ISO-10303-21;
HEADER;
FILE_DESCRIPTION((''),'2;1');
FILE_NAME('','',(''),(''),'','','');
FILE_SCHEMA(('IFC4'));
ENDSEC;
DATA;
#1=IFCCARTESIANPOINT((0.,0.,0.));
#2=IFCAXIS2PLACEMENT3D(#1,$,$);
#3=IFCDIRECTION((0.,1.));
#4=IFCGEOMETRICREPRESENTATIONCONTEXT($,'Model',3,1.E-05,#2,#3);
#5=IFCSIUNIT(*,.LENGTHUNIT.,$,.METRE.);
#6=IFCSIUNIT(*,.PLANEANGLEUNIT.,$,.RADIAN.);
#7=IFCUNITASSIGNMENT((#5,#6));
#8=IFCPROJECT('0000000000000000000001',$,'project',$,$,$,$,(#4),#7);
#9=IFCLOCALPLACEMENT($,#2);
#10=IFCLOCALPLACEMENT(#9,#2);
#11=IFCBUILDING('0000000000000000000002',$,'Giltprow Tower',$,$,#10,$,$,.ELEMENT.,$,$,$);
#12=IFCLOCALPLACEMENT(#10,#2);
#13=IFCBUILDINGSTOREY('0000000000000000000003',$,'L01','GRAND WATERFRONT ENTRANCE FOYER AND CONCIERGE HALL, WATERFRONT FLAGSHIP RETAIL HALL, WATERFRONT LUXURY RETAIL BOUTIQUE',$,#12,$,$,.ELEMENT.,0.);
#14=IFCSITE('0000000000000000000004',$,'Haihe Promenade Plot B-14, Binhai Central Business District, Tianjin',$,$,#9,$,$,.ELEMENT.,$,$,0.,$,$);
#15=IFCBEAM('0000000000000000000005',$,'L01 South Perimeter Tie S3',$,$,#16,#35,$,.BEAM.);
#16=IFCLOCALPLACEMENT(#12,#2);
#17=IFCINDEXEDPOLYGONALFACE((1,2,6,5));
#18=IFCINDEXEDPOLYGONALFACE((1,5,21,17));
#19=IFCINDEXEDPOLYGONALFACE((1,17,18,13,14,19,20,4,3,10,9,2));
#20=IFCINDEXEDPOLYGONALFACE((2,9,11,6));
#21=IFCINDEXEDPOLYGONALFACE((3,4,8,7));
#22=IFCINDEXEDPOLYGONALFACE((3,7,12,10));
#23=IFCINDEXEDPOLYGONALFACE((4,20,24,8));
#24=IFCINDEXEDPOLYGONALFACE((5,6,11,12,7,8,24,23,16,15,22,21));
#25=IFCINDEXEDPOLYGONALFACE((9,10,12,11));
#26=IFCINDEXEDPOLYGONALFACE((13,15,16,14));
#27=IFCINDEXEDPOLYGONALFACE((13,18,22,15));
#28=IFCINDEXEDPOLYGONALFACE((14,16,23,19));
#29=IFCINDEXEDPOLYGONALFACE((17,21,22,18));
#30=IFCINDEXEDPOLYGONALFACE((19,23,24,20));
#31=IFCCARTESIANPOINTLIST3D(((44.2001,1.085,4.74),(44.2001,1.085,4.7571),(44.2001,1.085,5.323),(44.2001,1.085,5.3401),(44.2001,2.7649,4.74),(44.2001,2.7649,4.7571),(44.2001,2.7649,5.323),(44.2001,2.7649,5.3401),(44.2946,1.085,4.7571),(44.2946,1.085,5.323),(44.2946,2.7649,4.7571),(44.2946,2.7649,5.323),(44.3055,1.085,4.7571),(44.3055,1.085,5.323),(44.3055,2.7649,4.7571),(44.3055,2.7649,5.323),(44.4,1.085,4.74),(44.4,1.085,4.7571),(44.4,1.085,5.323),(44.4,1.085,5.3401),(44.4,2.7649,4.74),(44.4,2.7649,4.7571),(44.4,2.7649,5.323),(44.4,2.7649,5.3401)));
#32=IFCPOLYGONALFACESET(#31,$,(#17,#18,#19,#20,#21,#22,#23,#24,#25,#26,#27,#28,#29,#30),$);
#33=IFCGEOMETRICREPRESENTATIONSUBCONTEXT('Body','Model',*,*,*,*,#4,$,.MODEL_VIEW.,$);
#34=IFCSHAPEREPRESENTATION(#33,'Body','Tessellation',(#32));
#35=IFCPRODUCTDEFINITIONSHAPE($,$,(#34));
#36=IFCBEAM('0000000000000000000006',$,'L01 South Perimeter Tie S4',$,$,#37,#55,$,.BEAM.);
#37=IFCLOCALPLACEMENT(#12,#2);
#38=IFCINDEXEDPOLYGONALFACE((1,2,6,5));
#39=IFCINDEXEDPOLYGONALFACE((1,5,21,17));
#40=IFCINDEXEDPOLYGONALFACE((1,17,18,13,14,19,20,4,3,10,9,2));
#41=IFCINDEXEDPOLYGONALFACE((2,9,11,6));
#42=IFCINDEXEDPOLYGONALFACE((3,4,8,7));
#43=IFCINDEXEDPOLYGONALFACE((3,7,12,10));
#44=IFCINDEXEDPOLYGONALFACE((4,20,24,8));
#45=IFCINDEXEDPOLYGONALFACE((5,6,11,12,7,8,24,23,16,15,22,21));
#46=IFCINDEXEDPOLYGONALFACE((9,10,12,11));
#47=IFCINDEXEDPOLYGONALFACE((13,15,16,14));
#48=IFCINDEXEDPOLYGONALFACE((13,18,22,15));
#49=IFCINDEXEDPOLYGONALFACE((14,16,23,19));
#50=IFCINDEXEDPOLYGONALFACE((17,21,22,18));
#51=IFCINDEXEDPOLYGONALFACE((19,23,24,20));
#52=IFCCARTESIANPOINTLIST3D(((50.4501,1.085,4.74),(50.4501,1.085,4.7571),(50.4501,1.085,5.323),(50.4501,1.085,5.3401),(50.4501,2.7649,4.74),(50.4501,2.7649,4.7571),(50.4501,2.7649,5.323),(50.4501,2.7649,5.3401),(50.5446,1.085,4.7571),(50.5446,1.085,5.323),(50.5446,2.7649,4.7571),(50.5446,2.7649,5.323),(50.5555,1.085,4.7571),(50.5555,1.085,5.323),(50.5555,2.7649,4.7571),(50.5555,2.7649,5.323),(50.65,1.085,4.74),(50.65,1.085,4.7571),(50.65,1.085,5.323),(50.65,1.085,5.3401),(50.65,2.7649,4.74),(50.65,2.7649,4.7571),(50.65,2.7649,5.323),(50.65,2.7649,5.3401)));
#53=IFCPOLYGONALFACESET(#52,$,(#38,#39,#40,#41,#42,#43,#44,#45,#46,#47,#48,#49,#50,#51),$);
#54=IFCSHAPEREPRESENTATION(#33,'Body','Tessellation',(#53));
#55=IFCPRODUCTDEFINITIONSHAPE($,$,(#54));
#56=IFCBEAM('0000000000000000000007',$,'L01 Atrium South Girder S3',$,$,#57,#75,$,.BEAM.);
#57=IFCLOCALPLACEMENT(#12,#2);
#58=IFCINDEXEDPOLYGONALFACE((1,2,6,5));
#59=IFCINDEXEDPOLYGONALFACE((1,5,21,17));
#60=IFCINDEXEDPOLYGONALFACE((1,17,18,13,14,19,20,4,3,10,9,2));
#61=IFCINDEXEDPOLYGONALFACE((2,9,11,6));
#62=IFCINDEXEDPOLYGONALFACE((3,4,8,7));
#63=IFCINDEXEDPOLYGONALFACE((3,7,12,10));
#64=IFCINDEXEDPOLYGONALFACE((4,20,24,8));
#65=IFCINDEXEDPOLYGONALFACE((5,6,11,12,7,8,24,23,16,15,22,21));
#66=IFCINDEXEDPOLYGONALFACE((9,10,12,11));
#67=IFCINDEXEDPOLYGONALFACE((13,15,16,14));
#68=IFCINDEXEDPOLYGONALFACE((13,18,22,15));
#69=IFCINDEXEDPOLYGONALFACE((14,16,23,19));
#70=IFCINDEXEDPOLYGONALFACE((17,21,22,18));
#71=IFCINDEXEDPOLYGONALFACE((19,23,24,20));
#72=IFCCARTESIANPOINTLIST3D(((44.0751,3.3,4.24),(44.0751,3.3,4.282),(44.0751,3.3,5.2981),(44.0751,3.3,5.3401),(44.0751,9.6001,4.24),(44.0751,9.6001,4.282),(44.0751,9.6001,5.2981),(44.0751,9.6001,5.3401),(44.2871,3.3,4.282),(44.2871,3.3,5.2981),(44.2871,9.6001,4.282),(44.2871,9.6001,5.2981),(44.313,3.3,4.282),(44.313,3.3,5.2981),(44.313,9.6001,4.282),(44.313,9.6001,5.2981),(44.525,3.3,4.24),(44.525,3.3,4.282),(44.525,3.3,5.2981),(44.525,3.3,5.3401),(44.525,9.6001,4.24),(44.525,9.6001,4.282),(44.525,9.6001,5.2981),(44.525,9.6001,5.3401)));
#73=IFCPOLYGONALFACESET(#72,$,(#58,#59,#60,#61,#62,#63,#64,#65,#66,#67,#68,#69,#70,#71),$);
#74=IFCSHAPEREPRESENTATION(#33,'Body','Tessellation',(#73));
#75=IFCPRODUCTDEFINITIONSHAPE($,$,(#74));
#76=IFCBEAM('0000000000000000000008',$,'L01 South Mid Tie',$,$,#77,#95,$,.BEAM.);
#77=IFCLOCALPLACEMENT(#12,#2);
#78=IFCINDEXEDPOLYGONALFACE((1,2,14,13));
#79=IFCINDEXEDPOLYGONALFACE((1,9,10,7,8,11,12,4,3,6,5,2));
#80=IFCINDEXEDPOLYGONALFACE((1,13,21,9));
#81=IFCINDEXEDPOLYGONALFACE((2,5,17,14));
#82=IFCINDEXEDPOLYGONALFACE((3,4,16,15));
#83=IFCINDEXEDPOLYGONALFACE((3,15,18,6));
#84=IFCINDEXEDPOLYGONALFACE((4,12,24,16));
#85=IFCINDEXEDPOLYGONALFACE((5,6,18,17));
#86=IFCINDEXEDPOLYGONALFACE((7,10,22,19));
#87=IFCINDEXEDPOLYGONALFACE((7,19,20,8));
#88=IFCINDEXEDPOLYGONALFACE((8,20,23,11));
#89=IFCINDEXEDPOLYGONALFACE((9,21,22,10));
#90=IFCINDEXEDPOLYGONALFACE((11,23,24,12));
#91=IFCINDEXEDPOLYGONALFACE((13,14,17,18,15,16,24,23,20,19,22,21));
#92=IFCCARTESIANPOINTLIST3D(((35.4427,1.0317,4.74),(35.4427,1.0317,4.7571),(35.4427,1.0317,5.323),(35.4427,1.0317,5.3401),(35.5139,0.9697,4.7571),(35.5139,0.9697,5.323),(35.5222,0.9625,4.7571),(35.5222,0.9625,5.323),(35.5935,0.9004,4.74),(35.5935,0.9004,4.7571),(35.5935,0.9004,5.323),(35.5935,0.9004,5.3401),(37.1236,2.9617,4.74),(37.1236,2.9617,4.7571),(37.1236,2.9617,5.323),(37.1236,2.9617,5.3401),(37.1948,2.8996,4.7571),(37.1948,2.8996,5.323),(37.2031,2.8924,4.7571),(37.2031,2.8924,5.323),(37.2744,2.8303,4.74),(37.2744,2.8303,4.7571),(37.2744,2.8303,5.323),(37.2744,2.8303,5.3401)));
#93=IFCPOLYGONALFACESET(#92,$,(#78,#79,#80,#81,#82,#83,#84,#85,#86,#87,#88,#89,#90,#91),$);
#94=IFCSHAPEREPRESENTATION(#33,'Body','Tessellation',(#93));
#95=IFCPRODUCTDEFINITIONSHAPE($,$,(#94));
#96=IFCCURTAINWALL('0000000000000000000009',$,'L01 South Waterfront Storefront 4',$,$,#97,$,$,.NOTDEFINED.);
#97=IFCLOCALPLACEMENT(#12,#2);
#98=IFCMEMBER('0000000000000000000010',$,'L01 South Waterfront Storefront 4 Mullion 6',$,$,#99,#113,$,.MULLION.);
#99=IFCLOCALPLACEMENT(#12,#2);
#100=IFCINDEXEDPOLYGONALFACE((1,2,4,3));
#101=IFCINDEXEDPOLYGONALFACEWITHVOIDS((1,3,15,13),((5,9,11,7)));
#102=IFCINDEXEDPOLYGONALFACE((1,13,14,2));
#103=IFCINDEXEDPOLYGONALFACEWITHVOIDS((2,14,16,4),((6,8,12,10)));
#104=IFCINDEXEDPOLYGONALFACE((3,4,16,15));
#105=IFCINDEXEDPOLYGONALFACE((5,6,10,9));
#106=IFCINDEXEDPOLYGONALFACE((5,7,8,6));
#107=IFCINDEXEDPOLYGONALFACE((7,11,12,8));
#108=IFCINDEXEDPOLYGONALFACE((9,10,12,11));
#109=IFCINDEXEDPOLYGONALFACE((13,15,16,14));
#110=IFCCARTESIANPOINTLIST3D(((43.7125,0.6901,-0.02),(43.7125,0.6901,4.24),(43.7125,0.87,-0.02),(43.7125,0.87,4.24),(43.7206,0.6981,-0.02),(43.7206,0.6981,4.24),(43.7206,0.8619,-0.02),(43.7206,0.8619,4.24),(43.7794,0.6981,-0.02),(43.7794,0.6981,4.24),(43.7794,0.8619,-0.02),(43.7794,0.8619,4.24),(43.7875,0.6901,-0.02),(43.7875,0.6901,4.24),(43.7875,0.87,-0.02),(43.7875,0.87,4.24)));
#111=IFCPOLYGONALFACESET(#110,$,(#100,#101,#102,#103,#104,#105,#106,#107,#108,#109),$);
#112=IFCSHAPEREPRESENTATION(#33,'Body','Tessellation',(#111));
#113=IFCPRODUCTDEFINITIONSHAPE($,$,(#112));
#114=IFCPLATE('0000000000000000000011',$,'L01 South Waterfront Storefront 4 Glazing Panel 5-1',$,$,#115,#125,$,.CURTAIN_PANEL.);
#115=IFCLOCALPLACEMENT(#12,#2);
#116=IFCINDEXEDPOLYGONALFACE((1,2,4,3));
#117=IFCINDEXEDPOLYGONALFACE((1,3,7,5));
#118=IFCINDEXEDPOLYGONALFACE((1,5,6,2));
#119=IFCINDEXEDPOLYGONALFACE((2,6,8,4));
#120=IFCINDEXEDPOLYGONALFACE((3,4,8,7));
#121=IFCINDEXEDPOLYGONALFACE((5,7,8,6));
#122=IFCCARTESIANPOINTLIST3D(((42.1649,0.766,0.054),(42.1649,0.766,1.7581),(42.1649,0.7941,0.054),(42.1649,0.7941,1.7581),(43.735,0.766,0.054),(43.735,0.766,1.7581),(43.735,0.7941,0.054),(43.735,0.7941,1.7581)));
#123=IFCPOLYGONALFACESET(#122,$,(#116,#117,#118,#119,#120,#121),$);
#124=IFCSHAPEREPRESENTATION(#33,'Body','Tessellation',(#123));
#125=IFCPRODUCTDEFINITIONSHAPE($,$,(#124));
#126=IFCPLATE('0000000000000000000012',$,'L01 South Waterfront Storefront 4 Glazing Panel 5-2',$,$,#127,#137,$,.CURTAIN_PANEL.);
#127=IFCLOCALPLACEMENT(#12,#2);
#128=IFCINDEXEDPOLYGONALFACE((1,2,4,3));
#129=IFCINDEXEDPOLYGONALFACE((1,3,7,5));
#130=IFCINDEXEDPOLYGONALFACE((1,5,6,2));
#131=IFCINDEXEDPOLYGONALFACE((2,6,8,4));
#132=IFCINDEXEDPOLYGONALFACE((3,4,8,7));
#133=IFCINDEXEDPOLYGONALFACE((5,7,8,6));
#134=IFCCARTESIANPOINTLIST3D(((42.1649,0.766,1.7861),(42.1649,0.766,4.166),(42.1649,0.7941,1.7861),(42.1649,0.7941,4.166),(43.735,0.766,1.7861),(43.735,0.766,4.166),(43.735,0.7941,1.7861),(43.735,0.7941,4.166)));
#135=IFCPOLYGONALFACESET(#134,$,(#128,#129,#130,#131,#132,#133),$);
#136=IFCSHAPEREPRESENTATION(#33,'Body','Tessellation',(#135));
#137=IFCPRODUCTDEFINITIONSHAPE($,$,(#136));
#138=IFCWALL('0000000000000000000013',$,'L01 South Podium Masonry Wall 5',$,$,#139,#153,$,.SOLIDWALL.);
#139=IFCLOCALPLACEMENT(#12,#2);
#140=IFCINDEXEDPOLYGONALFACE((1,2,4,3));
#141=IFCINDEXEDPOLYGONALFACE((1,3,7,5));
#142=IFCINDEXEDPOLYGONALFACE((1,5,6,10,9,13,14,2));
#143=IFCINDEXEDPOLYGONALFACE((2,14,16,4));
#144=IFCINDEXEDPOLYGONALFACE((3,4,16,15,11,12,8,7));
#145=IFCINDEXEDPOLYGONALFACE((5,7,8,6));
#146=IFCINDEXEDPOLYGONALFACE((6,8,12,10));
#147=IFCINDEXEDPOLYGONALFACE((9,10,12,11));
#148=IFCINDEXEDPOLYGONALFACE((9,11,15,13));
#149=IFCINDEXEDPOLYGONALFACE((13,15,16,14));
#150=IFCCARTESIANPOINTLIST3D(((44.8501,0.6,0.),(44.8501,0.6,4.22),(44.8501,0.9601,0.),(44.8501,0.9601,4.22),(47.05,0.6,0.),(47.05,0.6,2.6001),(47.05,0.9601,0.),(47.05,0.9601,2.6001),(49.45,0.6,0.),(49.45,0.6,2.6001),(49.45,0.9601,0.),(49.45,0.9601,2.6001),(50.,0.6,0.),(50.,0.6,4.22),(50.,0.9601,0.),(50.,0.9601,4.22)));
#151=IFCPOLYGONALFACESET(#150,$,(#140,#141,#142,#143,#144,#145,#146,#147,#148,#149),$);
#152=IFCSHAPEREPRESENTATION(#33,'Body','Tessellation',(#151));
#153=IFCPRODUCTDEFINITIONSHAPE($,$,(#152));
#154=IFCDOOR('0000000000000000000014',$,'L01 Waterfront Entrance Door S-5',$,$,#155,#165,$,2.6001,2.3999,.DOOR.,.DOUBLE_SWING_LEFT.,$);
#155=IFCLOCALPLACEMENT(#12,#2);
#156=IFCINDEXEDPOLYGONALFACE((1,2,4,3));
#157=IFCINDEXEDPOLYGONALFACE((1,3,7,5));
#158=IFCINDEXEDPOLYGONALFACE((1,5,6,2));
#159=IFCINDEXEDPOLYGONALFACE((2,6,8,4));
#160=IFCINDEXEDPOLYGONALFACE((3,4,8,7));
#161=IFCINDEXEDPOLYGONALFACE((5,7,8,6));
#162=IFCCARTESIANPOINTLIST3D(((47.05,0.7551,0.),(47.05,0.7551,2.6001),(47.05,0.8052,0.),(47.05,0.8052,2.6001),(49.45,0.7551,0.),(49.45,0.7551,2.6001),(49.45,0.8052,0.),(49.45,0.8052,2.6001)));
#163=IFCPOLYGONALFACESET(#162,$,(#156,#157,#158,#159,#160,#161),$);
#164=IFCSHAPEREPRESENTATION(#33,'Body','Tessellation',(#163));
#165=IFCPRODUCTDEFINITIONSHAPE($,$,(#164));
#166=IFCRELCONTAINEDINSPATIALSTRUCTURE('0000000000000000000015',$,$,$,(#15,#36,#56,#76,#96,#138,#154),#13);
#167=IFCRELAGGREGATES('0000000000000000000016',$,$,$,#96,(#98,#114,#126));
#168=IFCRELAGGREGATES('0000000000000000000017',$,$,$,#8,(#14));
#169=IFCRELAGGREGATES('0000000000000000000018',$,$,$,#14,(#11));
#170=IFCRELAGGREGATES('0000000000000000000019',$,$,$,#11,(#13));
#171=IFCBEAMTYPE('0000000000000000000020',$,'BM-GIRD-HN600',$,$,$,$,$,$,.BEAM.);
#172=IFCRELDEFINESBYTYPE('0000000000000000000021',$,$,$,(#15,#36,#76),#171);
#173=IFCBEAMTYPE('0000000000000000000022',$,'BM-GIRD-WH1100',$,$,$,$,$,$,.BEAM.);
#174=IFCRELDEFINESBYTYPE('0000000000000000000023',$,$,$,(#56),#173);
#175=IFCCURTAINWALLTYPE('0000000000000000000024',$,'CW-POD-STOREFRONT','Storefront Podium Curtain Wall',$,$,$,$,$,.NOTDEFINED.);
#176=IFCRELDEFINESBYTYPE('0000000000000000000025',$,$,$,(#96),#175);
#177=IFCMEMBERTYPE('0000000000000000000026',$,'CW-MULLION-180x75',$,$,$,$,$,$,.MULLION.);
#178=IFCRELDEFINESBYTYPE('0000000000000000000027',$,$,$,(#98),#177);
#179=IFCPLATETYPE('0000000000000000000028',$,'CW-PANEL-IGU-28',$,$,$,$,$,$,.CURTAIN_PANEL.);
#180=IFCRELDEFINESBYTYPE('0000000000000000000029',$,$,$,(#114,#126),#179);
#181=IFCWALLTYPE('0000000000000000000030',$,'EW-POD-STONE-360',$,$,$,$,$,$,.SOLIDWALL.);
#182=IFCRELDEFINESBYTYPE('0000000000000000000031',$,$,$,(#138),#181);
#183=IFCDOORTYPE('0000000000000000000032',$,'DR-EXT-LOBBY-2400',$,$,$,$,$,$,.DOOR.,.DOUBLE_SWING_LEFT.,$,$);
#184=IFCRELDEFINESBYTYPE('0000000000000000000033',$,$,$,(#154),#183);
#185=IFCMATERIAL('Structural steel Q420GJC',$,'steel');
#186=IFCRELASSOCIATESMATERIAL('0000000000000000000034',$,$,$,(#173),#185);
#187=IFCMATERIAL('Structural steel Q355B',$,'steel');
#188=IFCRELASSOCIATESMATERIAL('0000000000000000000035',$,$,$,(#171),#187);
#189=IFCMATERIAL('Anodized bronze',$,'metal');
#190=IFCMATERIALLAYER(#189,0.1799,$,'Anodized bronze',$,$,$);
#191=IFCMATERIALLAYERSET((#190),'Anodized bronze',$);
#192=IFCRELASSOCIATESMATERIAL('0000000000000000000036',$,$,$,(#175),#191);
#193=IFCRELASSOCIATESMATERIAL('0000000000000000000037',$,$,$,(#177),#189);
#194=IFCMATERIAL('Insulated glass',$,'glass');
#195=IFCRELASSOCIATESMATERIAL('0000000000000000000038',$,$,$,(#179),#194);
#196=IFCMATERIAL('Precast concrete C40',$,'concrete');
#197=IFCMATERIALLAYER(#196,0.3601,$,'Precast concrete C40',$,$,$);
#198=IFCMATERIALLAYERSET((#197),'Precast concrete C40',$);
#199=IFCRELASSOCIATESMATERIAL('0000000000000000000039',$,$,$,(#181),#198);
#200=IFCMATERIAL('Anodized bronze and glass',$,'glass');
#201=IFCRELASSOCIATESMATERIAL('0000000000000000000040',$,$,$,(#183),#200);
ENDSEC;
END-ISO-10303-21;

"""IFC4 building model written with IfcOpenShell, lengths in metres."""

from ifc_helpers import new_model, si_unit, direction, frame, frame_2d, origin, origin_2d, place, context, subcontext, project, spatial, rectangle, hollow_rectangle, i_section, extrude, source, transform, mapped, material, layer, layer_set, material_profile, profile_set, type_object, element, fill, aggregate, save


model = new_model("IFC4")

# Units and contexts
model_context = context("Model", 3, precision=1e-05, world=origin(), true_north=direction((0.0, 1.0)))
body_context = subcontext(model_context, "Body", "Model", "MODEL_VIEW")
ifc_project = project(units=[si_unit("LENGTHUNIT", "METRE"), si_unit("PLANEANGLEUNIT", "RADIAN")], contexts=[model_context])

# Site, building, storey
site_placement = place(None, origin())
site = spatial("IfcSite", under=ifc_project, at=site_placement, Name="Haihe Promenade Plot B-14, Binhai Central Business District, Tianjin", CompositionType="ELEMENT", RefElevation=0.0)
building_placement = place(site_placement, origin())
building = spatial("IfcBuilding", under=site, at=building_placement, Name="Giltprow Tower", CompositionType="ELEMENT")
storey_placement = place(building_placement, origin())
storey = spatial("IfcBuildingStorey", under=building, at=storey_placement, Name="L01", Description="GRAND WATERFRONT ENTRANCE FOYER AND CONCIERGE HALL, WATERFRONT FLAGSHIP RETAIL HALL, WATERFRONT LUXURY RETAIL BOUTIQUE", CompositionType="ELEMENT", Elevation=0.0)

# Shared definitions
ifc_material_1 = material(Name="Structural steel Q420GJC", Category="steel")

# Beams
ifc_material_profile_1 = material_profile(ifc_material_1, i_section(OverallWidth=0.45, OverallDepth=1.1001, WebThickness=0.0259, FlangeThickness=0.042, at=origin_2d()), Name="WH 1100x450x26x42")
ifc_profile_set_1 = profile_set([ifc_material_profile_1], Name="Structural steel Q420GJC")
beam_type_1 = type_object("IfcBeamType", Name="BM-GIRD-WH1100", PredefinedType="BEAM", material=ifc_profile_set_1)
ifc_material_2 = material(Name="Structural steel Q355B", Category="steel")
ifc_material_profile_2 = material_profile(ifc_material_2, i_section(OverallWidth=0.2, OverallDepth=0.6001, WebThickness=0.011, FlangeThickness=0.0171, at=origin_2d()), Name="HN 600x200x11x17")
ifc_profile_set_2 = profile_set([ifc_material_profile_2], Name="Structural steel Q355B")
beam_type_2 = type_object("IfcBeamType", Name="BM-GIRD-HN600", PredefinedType="BEAM", material=ifc_profile_set_2)
shared_shape_1 = source(origin(), body_context, "Body", "SweptSolid", [
    extrude(i_section(OverallWidth=0.2, OverallDepth=0.6001, WebThickness=0.011, FlangeThickness=0.0171, at=origin_2d()), origin(), (0.0, 0.0, 1.0), 1.6799),
])
for number, where, z_axis, x_axis, name in (
    (1, (44.3, 1.085, 5.04), (0.0, 1.0, 0.0), (-1.0, 0.0, 0.0), "L01 South Perimeter Tie S3"),
    (2, (50.55, 1.085, 5.04), (0.0, 1.0, 0.0), (-1.0, 0.0, 0.0), "L01 South Perimeter Tie S4"),
):
    element("IfcBeam", number, at=place(storey_placement, frame(where, z_axis=z_axis, x_axis=x_axis)), inside=storey, type_object=beam_type_2, Name=name, PredefinedType="BEAM", context=body_context, shape_type="MappedRepresentation", body=[
        mapped(shared_shape_1, transform((0.0, 0.0, 0.0), x_axis=(1.0, 0.0, 0.0), y_axis=(0.0, 1.0, 0.0), z_axis=(0.0, 0.0, 1.0), scale=1.0)),
    ])
shared_shape_2 = source(origin(), body_context, "Body", "SweptSolid", [
    extrude(i_section(OverallWidth=0.45, OverallDepth=1.1001, WebThickness=0.0259, FlangeThickness=0.042, at=origin_2d()), origin(), (0.0, 0.0, 1.0), 6.3),
])
beam_1_placement = place(storey_placement, frame((44.3, 3.3, 4.79), z_axis=(0.0, 1.0, 0.0), x_axis=(-1.0, 0.0, 0.0)))
element("IfcBeam", 3, at=beam_1_placement, inside=storey, type_object=beam_type_1, Name="L01 Atrium South Girder S3", PredefinedType="BEAM", context=body_context, shape_type="MappedRepresentation", body=[
    mapped(shared_shape_2, transform((0.0, 0.0, 0.0), x_axis=(1.0, 0.0, 0.0), y_axis=(0.0, 1.0, 0.0), z_axis=(0.0, 0.0, 1.0), scale=1.0)),
])
shared_shape_3 = source(origin(), body_context, "Body", "SweptSolid", [
    extrude(i_section(OverallWidth=0.2, OverallDepth=0.6001, WebThickness=0.011, FlangeThickness=0.0171, at=origin_2d()), origin(), (0.0, 0.0, 1.0), 2.5593),
])
beam_2_placement = place(storey_placement, frame((35.5181, 0.9661, 5.04), z_axis=(0.656781, 0.754082, 0.0), x_axis=(-0.754082, 0.656781, 0.0)))
element("IfcBeam", 4, at=beam_2_placement, inside=storey, type_object=beam_type_2, Name="L01 South Mid Tie", PredefinedType="BEAM", context=body_context, shape_type="MappedRepresentation", body=[
    mapped(shared_shape_3, transform((0.0, 0.0, 0.0), x_axis=(1.0, 0.0, 0.0), y_axis=(0.0, 1.0, 0.0), z_axis=(0.0, 0.0, 1.0), scale=1.0)),
])

# Curtain wall, member, plates
ifc_material_3 = material(Name="Anodized bronze", Category="metal")
ifc_layer_1 = layer(ifc_material_3, 0.1799, Name="Anodized bronze")
ifc_layer_set_1 = layer_set([ifc_layer_1], Name="Anodized bronze")
curtain_wall_type = type_object("IfcCurtainWallType", Name="CW-POD-STOREFRONT", Description="Storefront Podium Curtain Wall", PredefinedType="NOTDEFINED", material=ifc_layer_set_1)
curtain_wall_placement = place(storey_placement, origin())
curtain_wall = element("IfcCurtainWall", 5, at=curtain_wall_placement, inside=storey, type_object=curtain_wall_type, Name="L01 South Waterfront Storefront 4", PredefinedType="NOTDEFINED")
ifc_material_profile_3 = material_profile(ifc_material_3, hollow_rectangle(XDim=0.075, YDim=0.1799, WallThickness=0.0081, at=origin_2d()), Name="RHS 180x75x8")
ifc_profile_set_3 = profile_set([ifc_material_profile_3], Name="Anodized bronze")
member_type = type_object("IfcMemberType", Name="CW-MULLION-180x75", PredefinedType="MULLION", material=ifc_profile_set_3)
shared_shape_4 = source(origin(), body_context, "Body", "SweptSolid", [
    extrude(hollow_rectangle(XDim=0.075, YDim=0.1799, WallThickness=0.0081, at=origin_2d()), origin(), (0.0, 0.0, 1.0), 4.26),
])
member_placement = place(storey_placement, frame((43.75, 0.78, -0.02), z_axis=(0.0, 0.0, 1.0), x_axis=(1.0, 0.0, 0.0)))
member = element("IfcMember", 6, at=member_placement, type_object=member_type, Name="L01 South Waterfront Storefront 4 Mullion 6", PredefinedType="MULLION", context=body_context, shape_type="MappedRepresentation", body=[
    mapped(shared_shape_4, transform((0.0, 0.0, 0.0), x_axis=(1.0, 0.0, 0.0), y_axis=(0.0, 1.0, 0.0), z_axis=(0.0, 0.0, 1.0), scale=1.0)),
])
ifc_material_4 = material(Name="Insulated glass", Category="glass")
plate_type = type_object("IfcPlateType", Name="CW-PANEL-IGU-28", PredefinedType="CURTAIN_PANEL", material=ifc_material_4)
shared_shape_5 = source(origin(), body_context, "Body", "SweptSolid", [
    extrude(rectangle(XDim=1.5701, YDim=0.0281, at=origin_2d()), origin(), (0.0, 0.0, 1.0), 1.7041),
])
plate_1_placement = place(storey_placement, frame((42.95, 0.78, 0.054), z_axis=(0.0, 0.0, 1.0), x_axis=(1.0, 0.0, 0.0)))
plate_1 = element("IfcPlate", 7, at=plate_1_placement, type_object=plate_type, Name="L01 South Waterfront Storefront 4 Glazing Panel 5-1", PredefinedType="CURTAIN_PANEL", context=body_context, shape_type="MappedRepresentation", body=[
    mapped(shared_shape_5, transform((0.0, 0.0, 0.0), x_axis=(1.0, 0.0, 0.0), y_axis=(0.0, 1.0, 0.0), z_axis=(0.0, 0.0, 1.0), scale=1.0)),
])
shared_shape_6 = source(origin(), body_context, "Body", "SweptSolid", [
    extrude(rectangle(XDim=1.5701, YDim=0.0281, at=origin_2d()), origin(), (0.0, 0.0, 1.0), 2.3799),
])
plate_2_placement = place(storey_placement, frame((42.95, 0.78, 1.7861), z_axis=(0.0, 0.0, 1.0), x_axis=(1.0, 0.0, 0.0)))
plate_2 = element("IfcPlate", 8, at=plate_2_placement, type_object=plate_type, Name="L01 South Waterfront Storefront 4 Glazing Panel 5-2", PredefinedType="CURTAIN_PANEL", context=body_context, shape_type="MappedRepresentation", body=[
    mapped(shared_shape_6, transform((0.0, 0.0, 0.0), x_axis=(1.0, 0.0, 0.0), y_axis=(0.0, 1.0, 0.0), z_axis=(0.0, 0.0, 1.0), scale=1.0)),
])
aggregate(curtain_wall, [member, plate_1, plate_2])

# Wall, opening, door
ifc_material_5 = material(Name="Precast concrete C40", Category="concrete")
ifc_layer_2 = layer(ifc_material_5, 0.3601, Name="Precast concrete C40")
ifc_layer_set_2 = layer_set([ifc_layer_2], Name="Precast concrete C40")
wall_type_1 = type_object("IfcWallType", Name="EW-POD-STONE-360", PredefinedType="SOLIDWALL", material=ifc_layer_set_2)
wall_1_placement = place(storey_placement, frame((44.8501, 0.78, 0.0), z_axis=(0.0, 0.0, 1.0), x_axis=(1.0, 0.0, 0.0)))
wall_1 = element("IfcWall", 9, at=wall_1_placement, inside=storey, type_object=wall_type_1, Name="L01 South Podium Masonry Wall 5", PredefinedType="SOLIDWALL", context=body_context, shape_type="SweptSolid", body=[
    extrude(rectangle(XDim=5.1499, YDim=0.3601, at=frame_2d((2.575, 0.0))), origin(), (0.0, 0.0, 1.0), 4.22),
])
opening_1_placement = place(wall_1_placement, frame((2.2, 0.0, 0.0)))
opening_1 = element("IfcOpeningElement", 10, at=opening_1_placement, cuts=wall_1, PredefinedType="OPENING", context=body_context, shape_type="SweptSolid", body=[
    extrude(rectangle(XDim=2.3999, YDim=2.6001, at=frame_2d((1.2, 1.3))), frame((0.0, 0.1899, 0.0), z_axis=(0.0, -1.0, 0.0), x_axis=(1.0, 0.0, 0.0)), (0.0, 0.0, 1.0), 0.3801),
])
ifc_material_6 = material(Name="Anodized bronze and glass", Category="glass")
door_type_1 = type_object("IfcDoorType", Name="DR-EXT-LOBBY-2400", OperationType="DOUBLE_SWING_LEFT", PredefinedType="DOOR", material=ifc_material_6)
shared_shape_7 = source(origin(), body_context, "Body", "SweptSolid", [
    extrude(rectangle(XDim=2.3999, YDim=2.6001, at=frame_2d((1.2, 1.3))), frame((0.0, 0.0249, 0.0), z_axis=(0.0, -1.0, 0.0), x_axis=(1.0, 0.0, 0.0)), (0.0, 0.0, 1.0), 0.05),
])
door_1_placement = place(opening_1_placement, frame((2.3999, 0.0, 0.0), z_axis=(0.0, 0.0, 1.0), x_axis=(-1.0, 0.0, 0.0)))
door_1 = element("IfcDoor", 11, at=door_1_placement, inside=storey, type_object=door_type_1, Name="L01 Waterfront Entrance Door S-5", OperationType="DOUBLE_SWING_LEFT", OverallHeight=2.6001, OverallWidth=2.3999, PredefinedType="DOOR", context=body_context, shape_type="MappedRepresentation", body=[
    mapped(shared_shape_7, transform((0.0, 0.0, 0.0), x_axis=(1.0, 0.0, 0.0), y_axis=(0.0, 1.0, 0.0), z_axis=(0.0, 0.0, 1.0), scale=1.0)),
])
fill(opening_1, door_1)

save(model, "model.ifc")
